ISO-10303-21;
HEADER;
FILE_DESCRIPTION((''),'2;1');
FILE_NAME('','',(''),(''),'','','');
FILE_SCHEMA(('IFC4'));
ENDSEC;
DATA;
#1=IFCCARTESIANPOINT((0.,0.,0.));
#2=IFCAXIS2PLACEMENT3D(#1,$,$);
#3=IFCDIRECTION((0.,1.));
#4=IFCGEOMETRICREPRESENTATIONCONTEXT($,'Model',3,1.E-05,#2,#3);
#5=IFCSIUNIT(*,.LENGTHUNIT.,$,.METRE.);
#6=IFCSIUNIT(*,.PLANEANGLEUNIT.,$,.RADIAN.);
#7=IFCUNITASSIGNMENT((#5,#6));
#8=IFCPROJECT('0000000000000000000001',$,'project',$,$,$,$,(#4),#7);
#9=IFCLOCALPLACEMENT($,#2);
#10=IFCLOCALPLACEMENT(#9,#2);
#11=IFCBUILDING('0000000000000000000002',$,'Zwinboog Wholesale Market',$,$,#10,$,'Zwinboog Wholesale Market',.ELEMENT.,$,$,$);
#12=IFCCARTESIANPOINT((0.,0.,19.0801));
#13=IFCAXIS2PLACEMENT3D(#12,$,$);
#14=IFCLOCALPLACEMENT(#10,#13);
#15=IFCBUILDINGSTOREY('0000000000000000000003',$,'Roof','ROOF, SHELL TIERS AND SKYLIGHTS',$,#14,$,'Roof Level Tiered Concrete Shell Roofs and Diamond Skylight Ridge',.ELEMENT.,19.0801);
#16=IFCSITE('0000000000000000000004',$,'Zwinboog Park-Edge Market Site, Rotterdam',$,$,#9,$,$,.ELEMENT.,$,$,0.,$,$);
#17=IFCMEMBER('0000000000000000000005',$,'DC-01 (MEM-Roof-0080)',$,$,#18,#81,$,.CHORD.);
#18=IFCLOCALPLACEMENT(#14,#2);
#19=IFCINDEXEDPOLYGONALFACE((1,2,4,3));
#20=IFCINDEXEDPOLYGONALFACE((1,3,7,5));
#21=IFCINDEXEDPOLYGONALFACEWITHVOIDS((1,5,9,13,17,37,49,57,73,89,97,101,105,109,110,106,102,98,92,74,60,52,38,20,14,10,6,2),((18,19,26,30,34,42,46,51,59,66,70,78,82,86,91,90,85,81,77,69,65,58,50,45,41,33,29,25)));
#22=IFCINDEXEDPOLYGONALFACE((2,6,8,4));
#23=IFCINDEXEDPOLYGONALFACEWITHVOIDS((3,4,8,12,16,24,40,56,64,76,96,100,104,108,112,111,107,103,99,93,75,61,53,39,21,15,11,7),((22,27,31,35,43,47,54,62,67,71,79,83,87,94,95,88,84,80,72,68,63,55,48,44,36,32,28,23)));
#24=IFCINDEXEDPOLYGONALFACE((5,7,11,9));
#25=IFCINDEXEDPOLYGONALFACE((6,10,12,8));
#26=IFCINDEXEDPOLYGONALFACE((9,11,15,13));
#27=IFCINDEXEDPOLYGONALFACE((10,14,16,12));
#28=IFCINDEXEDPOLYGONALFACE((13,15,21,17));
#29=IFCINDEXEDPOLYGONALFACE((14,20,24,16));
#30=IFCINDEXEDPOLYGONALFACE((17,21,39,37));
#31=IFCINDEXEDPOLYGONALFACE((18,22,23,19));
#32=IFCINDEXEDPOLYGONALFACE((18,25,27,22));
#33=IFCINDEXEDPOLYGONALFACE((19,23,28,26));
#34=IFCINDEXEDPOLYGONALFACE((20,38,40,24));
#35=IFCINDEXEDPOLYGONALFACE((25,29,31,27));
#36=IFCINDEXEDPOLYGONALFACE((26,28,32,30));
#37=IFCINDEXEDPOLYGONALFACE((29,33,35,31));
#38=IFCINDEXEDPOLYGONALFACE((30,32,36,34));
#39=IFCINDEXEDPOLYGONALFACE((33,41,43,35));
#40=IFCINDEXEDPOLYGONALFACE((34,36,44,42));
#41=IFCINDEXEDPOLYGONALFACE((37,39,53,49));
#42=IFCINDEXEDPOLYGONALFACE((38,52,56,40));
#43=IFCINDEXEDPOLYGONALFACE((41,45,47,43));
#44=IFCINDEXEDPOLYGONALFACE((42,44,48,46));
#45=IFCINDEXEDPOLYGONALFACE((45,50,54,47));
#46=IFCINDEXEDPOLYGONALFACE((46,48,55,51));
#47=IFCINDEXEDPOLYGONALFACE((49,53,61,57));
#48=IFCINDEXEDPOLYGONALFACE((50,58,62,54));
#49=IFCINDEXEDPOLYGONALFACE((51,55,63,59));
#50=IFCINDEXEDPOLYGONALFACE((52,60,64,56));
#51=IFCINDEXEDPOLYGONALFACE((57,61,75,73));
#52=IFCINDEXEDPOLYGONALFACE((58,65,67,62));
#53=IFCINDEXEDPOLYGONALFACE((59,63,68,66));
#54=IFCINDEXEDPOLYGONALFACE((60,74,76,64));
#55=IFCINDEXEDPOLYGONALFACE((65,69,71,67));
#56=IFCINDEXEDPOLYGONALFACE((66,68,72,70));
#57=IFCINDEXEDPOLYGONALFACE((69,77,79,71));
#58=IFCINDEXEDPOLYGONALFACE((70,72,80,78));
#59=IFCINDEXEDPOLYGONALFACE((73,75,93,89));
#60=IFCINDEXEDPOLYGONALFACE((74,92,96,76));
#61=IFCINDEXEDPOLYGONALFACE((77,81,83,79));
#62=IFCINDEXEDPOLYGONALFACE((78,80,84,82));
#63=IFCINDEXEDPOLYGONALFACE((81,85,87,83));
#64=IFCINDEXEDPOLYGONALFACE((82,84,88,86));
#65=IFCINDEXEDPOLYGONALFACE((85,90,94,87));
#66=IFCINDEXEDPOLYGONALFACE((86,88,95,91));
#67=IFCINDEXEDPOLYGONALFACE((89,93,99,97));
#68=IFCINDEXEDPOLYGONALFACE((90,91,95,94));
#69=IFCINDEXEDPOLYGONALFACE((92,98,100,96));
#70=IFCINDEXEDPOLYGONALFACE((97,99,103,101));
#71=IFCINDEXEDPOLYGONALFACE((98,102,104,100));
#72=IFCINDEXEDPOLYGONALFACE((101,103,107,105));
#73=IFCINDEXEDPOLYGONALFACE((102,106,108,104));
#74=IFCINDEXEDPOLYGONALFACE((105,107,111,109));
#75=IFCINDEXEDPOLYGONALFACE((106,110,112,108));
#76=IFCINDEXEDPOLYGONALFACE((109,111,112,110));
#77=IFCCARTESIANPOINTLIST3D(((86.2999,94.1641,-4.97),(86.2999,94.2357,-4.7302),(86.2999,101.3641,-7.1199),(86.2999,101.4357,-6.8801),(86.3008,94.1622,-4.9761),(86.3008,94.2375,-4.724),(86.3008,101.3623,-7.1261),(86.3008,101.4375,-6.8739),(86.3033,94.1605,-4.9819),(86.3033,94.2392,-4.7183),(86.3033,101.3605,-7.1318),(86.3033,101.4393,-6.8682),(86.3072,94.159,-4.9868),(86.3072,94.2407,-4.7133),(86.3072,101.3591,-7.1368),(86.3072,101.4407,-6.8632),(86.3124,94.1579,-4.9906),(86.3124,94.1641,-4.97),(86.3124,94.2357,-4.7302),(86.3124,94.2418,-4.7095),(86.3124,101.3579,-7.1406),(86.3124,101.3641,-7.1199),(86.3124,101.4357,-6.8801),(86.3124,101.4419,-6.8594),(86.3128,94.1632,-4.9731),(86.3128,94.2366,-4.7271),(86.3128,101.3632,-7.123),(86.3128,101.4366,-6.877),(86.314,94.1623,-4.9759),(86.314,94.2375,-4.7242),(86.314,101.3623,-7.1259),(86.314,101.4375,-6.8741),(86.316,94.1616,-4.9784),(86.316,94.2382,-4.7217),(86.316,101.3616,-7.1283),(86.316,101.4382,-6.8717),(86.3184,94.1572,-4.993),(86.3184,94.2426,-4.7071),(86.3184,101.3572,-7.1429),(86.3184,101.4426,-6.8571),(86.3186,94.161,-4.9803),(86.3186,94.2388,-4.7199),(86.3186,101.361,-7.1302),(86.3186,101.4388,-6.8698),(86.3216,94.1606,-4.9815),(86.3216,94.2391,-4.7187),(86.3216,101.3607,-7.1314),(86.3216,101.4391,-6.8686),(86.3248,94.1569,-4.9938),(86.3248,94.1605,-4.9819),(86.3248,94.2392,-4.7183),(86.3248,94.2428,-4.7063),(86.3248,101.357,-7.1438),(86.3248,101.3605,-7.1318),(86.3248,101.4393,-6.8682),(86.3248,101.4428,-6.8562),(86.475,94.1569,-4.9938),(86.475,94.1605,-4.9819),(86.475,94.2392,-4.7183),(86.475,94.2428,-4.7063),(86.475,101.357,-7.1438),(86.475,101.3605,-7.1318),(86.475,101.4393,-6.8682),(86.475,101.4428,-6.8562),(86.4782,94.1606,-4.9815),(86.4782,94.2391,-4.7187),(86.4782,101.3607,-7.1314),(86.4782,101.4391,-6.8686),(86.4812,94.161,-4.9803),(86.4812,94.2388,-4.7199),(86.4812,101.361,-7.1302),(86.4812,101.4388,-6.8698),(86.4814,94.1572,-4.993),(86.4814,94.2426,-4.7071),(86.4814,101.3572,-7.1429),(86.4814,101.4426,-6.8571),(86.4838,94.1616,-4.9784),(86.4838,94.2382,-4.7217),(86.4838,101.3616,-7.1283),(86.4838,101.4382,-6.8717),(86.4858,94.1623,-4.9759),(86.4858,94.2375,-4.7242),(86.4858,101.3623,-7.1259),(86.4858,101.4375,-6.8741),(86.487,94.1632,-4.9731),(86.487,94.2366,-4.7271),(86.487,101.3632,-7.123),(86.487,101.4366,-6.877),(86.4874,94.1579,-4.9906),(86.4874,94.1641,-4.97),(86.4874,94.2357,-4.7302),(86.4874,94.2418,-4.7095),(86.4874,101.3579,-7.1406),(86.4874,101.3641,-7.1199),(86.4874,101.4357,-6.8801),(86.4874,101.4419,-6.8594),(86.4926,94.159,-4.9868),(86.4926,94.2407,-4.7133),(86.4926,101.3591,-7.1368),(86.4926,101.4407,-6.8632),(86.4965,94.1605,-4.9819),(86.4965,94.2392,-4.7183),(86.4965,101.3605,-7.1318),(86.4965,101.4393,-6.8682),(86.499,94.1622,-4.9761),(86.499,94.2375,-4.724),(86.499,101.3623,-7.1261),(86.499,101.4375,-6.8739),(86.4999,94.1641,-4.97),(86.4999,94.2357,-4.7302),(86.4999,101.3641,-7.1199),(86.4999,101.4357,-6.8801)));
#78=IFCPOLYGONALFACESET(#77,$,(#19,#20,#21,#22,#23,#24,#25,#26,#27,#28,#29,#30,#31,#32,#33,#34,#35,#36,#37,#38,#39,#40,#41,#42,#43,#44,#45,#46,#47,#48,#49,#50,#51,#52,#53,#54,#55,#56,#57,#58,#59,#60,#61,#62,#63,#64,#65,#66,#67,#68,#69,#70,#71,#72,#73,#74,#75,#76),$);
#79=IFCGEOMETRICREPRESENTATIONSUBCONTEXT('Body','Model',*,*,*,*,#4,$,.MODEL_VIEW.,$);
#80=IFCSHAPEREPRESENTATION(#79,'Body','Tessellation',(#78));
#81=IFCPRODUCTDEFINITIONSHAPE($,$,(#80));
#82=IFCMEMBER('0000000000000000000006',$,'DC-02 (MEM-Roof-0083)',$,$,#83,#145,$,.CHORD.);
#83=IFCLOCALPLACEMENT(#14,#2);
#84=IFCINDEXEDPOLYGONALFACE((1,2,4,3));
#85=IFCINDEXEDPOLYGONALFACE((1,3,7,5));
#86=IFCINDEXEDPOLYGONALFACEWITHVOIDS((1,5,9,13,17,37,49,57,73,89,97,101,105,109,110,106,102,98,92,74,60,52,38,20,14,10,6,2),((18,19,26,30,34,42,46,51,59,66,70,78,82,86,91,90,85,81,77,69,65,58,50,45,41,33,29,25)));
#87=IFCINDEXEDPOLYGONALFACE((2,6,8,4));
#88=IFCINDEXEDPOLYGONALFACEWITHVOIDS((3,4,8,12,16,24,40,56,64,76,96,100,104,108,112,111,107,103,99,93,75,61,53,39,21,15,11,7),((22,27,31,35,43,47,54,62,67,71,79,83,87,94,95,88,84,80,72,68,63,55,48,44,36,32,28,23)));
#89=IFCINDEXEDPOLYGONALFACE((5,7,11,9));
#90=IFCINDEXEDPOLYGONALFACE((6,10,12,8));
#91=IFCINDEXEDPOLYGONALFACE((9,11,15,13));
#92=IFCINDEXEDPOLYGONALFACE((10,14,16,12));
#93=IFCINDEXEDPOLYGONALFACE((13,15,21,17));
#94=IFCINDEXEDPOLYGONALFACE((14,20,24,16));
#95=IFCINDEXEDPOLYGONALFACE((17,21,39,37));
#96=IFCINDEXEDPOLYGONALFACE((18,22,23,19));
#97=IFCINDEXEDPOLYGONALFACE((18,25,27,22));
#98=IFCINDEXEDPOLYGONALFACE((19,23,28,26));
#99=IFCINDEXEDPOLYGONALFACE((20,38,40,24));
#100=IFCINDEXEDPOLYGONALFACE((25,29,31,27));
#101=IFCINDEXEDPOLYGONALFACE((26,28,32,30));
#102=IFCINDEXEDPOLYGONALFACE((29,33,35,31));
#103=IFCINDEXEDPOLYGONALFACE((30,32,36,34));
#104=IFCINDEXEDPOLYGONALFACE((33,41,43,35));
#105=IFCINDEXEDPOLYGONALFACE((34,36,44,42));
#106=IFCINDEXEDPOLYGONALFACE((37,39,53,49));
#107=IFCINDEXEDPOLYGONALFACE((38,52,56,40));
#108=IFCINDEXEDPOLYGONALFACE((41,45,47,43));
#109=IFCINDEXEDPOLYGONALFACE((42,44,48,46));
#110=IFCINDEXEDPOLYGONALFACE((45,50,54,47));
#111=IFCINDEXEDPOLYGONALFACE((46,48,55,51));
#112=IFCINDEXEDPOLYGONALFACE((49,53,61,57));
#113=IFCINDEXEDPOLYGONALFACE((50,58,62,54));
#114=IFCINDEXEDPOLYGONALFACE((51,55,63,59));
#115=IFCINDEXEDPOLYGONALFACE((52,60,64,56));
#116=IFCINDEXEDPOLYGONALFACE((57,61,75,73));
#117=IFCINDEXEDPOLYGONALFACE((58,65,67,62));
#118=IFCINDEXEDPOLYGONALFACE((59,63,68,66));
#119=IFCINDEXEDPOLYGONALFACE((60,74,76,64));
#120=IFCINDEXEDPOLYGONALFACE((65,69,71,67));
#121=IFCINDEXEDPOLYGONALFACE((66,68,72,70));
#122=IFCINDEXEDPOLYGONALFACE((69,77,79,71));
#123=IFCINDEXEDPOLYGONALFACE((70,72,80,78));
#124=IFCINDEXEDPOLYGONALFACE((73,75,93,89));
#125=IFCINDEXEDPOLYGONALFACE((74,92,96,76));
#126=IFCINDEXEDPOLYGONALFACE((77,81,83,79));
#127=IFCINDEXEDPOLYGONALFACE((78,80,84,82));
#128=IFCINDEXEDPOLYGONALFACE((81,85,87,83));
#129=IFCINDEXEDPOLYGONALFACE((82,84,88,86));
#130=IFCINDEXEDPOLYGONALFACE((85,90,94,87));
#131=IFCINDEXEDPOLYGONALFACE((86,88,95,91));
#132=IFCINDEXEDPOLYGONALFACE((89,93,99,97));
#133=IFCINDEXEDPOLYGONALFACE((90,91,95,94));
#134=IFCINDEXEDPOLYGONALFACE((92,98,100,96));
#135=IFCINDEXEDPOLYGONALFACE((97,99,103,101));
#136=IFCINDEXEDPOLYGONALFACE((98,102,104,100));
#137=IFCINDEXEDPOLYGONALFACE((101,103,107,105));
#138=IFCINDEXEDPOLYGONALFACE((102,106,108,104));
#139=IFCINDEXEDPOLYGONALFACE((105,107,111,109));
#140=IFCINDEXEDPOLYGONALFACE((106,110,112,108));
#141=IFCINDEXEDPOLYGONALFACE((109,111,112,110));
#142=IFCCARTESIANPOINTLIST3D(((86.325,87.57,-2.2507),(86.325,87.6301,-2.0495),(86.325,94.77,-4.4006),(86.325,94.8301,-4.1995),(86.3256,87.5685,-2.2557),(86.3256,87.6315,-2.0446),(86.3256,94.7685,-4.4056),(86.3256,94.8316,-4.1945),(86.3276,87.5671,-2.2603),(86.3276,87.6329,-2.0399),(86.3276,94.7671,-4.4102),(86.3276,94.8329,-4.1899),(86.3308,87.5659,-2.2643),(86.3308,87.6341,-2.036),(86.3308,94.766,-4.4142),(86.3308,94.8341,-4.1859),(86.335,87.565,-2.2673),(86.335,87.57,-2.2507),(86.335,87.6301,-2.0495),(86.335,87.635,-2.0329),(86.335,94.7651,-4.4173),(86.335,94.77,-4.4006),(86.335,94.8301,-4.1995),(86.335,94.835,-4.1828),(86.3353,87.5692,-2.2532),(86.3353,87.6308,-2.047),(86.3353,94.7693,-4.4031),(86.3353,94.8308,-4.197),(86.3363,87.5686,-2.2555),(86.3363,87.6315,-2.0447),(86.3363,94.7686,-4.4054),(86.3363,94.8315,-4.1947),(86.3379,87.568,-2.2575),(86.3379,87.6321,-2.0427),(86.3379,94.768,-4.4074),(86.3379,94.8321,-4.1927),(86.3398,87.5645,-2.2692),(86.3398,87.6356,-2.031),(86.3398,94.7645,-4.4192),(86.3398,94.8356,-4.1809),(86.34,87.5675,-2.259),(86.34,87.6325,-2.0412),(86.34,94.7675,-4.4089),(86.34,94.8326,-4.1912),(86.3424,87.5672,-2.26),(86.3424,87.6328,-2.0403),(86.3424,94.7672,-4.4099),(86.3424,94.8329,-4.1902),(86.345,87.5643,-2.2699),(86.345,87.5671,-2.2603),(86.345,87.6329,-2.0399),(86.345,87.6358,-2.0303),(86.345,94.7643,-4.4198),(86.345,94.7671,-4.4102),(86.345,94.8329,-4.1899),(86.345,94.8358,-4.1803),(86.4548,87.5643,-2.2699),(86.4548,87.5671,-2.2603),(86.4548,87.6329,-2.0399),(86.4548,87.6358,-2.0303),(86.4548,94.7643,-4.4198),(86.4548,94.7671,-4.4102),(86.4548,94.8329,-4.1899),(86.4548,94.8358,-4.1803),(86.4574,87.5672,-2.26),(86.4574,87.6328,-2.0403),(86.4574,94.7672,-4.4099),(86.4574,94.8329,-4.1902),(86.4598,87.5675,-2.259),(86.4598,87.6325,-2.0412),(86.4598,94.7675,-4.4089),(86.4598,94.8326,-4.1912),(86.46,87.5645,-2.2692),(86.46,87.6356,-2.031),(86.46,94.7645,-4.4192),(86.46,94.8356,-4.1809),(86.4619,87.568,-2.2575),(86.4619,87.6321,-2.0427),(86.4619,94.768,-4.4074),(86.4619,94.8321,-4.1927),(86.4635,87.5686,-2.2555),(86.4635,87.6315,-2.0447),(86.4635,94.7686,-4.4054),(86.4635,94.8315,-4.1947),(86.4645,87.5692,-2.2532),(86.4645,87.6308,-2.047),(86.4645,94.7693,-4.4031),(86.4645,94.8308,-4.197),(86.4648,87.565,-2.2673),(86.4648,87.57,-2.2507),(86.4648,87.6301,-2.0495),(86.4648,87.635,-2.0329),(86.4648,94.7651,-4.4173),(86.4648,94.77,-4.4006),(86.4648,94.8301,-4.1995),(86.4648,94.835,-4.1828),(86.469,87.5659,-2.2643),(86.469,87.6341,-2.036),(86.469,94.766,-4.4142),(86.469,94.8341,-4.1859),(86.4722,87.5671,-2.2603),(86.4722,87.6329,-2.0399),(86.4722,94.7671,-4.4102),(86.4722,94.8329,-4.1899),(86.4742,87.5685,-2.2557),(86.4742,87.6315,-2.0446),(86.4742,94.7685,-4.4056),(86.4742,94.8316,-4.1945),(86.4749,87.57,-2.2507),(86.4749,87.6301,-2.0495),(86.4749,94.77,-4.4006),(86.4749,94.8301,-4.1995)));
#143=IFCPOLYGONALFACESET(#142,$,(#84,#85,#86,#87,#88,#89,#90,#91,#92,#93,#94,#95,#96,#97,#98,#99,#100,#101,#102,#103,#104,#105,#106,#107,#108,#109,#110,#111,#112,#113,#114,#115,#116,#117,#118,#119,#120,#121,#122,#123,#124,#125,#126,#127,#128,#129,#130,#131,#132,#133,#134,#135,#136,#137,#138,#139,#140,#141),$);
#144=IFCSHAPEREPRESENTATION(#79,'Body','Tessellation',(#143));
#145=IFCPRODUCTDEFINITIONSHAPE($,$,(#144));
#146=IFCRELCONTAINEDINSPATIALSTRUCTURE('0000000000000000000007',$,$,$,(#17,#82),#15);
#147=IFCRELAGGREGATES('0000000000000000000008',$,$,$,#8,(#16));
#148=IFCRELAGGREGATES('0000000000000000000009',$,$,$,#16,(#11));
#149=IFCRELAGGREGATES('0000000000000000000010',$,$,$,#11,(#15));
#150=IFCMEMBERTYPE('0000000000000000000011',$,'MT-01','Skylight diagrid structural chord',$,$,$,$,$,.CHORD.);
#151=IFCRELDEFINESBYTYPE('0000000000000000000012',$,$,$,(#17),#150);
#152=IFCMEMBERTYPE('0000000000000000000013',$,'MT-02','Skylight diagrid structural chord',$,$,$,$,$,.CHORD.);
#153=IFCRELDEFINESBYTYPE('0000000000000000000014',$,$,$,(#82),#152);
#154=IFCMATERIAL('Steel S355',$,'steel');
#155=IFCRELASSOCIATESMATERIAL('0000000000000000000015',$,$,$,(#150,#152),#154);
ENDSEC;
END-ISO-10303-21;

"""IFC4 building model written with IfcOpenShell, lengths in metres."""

from ifc_helpers import new_model, si_unit, direction, frame, origin, origin_2d, place, context, subcontext, project, spatial, hollow_rectangle, extrude, material, material_profile, profile_set, type_object, element, save


model = new_model("IFC4")

# Units and contexts
model_context = context("Model", 3, precision=1e-05, world=origin(), true_north=direction((0.0, 1.0)))
body_context = subcontext(model_context, "Body", "Model", "MODEL_VIEW")
ifc_project = project(units=[si_unit("LENGTHUNIT", "METRE"), si_unit("PLANEANGLEUNIT", "RADIAN")], contexts=[model_context])

# Site, building, storey
site_placement = place(None, origin())
site = spatial("IfcSite", under=ifc_project, at=site_placement, Name="Zwinboog Park-Edge Market Site, Rotterdam", CompositionType="ELEMENT", RefElevation=0.0)
building_placement = place(site_placement, origin())
building = spatial("IfcBuilding", under=site, at=building_placement, Name="Zwinboog Wholesale Market", LongName="Zwinboog Wholesale Market", CompositionType="ELEMENT")
storey_placement = place(building_placement, frame((0.0, 0.0, 19.0801)))
storey = spatial("IfcBuildingStorey", under=building, at=storey_placement, Name="Roof", Description="ROOF, SHELL TIERS AND SKYLIGHTS", LongName="Roof Level Tiered Concrete Shell Roofs and Diamond Skylight Ridge", CompositionType="ELEMENT", Elevation=19.0801)

# Members
ifc_material_1 = material(Name="Steel S355", Category="steel")
ifc_material_profile_1 = material_profile(ifc_material_1, hollow_rectangle(XDim=0.2, YDim=0.3, WallThickness=0.0125, InnerFilletRadius=0.0125, OuterFilletRadius=0.0249, at=origin_2d()), Name="RHS 300x200x12.5")
ifc_profile_set_1 = profile_set([ifc_material_profile_1], Name="Steel S355")
member_type_1 = type_object("IfcMemberType", Name="MT-01", Description="Skylight diagrid structural chord", PredefinedType="CHORD", material=ifc_profile_set_1)
for number, where, z_axis, x_axis, name in (
    (1, (86.3999, 101.3999, -7.0), (0.0, -0.958195, 0.286117), (1.0, 0.0, 0.0), "DC-01 (MEM-Roof-0080)"),
):
    element("IfcMember", number, at=place(storey_placement, frame(where, z_axis=z_axis, x_axis=x_axis)), inside=storey, type_object=member_type_1, Name=name, PredefinedType="CHORD", context=body_context, shape_type="SweptSolid", body=[
        extrude(hollow_rectangle(XDim=0.2, YDim=0.3, WallThickness=0.0125, InnerFilletRadius=0.0125, OuterFilletRadius=0.0249, at=origin_2d()), origin(), (0.0, 0.0, 1.0), 7.5142),
    ])
ifc_material_profile_2 = material_profile(ifc_material_1, hollow_rectangle(XDim=0.1499, YDim=0.25, WallThickness=0.01, InnerFilletRadius=0.01, OuterFilletRadius=0.02, at=origin_2d()), Name="RHS 250x150x10")
ifc_profile_set_2 = profile_set([ifc_material_profile_2], Name="Steel S355")
member_type_2 = type_object("IfcMemberType", Name="MT-02", Description="Skylight diagrid structural chord", PredefinedType="CHORD", material=ifc_profile_set_2)
for number, where, z_axis, x_axis, name in (
    (2, (86.3999, 94.8, -4.3), (0.0, -0.958195, 0.286117), (1.0, 0.0, 0.0), "DC-02 (MEM-Roof-0083)"),
):
    element("IfcMember", number, at=place(storey_placement, frame(where, z_axis=z_axis, x_axis=x_axis)), inside=storey, type_object=member_type_2, Name=name, PredefinedType="CHORD", context=body_context, shape_type="SweptSolid", body=[
        extrude(hollow_rectangle(XDim=0.1499, YDim=0.25, WallThickness=0.01, InnerFilletRadius=0.01, OuterFilletRadius=0.02, at=origin_2d()), origin(), (0.0, 0.0, 1.0), 7.5142),
    ])

save(model, "model.ifc")
